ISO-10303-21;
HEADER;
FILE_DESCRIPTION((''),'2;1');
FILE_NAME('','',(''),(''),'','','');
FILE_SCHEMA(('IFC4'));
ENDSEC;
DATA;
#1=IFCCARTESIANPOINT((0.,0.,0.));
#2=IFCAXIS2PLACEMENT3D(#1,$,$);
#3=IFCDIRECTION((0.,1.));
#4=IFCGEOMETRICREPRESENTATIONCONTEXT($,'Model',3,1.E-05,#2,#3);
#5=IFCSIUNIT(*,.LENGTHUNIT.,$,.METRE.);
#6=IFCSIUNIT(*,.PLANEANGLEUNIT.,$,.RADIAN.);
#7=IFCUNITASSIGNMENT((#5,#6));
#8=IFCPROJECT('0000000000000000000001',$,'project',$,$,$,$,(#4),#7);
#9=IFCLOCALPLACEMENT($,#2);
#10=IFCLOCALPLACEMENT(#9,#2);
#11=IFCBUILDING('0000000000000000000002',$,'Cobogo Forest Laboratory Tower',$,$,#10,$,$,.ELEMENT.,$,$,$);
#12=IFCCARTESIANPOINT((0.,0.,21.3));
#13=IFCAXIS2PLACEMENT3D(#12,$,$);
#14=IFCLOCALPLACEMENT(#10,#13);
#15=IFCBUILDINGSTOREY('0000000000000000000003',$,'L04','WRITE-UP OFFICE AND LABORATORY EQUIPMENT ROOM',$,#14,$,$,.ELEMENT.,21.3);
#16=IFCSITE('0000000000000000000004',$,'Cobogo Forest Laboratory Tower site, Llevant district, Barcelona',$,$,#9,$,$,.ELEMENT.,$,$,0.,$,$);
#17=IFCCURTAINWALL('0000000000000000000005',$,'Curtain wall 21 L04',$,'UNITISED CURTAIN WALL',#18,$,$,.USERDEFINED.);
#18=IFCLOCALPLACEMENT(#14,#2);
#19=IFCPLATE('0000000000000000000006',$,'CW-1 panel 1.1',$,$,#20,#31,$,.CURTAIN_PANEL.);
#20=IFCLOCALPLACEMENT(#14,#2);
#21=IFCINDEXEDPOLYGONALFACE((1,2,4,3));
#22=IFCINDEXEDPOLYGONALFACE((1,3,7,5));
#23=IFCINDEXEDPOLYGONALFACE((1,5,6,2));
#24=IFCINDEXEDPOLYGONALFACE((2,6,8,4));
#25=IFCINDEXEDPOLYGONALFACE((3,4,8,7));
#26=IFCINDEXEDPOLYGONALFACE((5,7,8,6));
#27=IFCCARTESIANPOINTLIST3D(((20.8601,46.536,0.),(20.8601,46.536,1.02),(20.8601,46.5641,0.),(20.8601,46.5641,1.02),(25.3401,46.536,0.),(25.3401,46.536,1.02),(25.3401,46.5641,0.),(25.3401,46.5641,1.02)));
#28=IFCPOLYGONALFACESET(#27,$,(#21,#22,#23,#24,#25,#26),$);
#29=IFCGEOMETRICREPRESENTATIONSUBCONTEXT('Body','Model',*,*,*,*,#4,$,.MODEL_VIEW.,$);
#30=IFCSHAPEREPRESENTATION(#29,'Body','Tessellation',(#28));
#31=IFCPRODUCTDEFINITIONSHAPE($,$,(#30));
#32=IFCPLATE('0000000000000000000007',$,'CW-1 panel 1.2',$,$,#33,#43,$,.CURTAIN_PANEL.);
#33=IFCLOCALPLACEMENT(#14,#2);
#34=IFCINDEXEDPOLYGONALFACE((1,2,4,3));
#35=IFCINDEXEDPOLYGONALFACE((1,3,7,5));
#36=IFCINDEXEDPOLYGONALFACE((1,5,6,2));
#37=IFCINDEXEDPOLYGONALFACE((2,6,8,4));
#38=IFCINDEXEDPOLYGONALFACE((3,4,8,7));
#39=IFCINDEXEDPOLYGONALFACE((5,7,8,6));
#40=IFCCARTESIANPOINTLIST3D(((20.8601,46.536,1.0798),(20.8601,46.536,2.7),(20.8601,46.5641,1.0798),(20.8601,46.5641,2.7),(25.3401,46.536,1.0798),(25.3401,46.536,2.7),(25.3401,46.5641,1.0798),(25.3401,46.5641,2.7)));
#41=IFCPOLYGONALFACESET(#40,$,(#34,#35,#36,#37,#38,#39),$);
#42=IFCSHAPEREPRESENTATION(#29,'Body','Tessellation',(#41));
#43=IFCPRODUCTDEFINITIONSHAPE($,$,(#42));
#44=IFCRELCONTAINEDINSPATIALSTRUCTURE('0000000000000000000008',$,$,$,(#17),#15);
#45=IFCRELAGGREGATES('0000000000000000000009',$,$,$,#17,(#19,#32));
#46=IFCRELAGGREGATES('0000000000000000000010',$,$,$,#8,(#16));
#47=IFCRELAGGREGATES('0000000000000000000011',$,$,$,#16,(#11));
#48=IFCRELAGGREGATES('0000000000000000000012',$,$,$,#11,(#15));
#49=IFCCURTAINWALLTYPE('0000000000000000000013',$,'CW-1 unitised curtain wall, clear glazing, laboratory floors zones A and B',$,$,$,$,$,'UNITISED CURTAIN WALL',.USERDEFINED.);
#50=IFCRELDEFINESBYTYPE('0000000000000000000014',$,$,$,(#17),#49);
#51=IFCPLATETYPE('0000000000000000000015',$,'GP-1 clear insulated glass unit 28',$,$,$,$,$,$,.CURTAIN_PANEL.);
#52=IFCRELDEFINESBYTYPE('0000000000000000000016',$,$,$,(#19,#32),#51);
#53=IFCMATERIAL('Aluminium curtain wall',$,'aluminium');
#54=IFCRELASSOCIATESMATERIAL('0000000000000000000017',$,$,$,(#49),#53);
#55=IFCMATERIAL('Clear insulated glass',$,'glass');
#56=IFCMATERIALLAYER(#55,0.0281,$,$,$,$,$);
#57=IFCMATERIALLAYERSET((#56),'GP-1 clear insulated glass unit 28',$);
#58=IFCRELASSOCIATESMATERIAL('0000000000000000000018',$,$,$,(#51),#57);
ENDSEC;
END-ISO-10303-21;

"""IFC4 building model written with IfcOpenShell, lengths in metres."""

from ifc_helpers import new_model, si_unit, direction, frame, origin, origin_2d, place, context, subcontext, project, spatial, rectangle, extrude, material, layer, layer_set, type_object, element, aggregate, save


model = new_model("IFC4")

# Units and contexts
model_context = context("Model", 3, precision=1e-05, world=origin(), true_north=direction((0.0, 1.0)))
body_context = subcontext(model_context, "Body", "Model", "MODEL_VIEW")
ifc_project = project(units=[si_unit("LENGTHUNIT", "METRE"), si_unit("PLANEANGLEUNIT", "RADIAN")], contexts=[model_context])

# Site, building, storey
site_placement = place(None, origin())
site = spatial("IfcSite", under=ifc_project, at=site_placement, Name="Cobogo Forest Laboratory Tower site, Llevant district, Barcelona", CompositionType="ELEMENT", RefElevation=0.0)
building_placement = place(site_placement, origin())
building = spatial("IfcBuilding", under=site, at=building_placement, Name="Cobogo Forest Laboratory Tower", CompositionType="ELEMENT")
storey_placement = place(building_placement, frame((0.0, 0.0, 21.3)))
storey = spatial("IfcBuildingStorey", under=building, at=storey_placement, Name="L04", Description="WRITE-UP OFFICE AND LABORATORY EQUIPMENT ROOM", CompositionType="ELEMENT", Elevation=21.3)

# Curtain wall
ifc_material_1 = material(Name="Aluminium curtain wall", Category="aluminium")
curtain_wall_type = type_object("IfcCurtainWallType", Name="CW-1 unitised curtain wall, clear glazing, laboratory floors zones A and B", ElementType="UNITISED CURTAIN WALL", PredefinedType="USERDEFINED", material=ifc_material_1)
curtain_wall_1_placement = place(storey_placement, origin())
curtain_wall_1 = element("IfcCurtainWall", 1, at=curtain_wall_1_placement, inside=storey, type_object=curtain_wall_type, Name="Curtain wall 21 L04", ObjectType="UNITISED CURTAIN WALL", PredefinedType="USERDEFINED")

# Plates
ifc_material_2 = material(Name="Clear insulated glass", Category="glass")
ifc_layer = layer(ifc_material_2, 0.0281)
ifc_layer_set = layer_set([ifc_layer], Name="GP-1 clear insulated glass unit 28")
plate_type_1 = type_object("IfcPlateType", Name="GP-1 clear insulated glass unit 28", PredefinedType="CURTAIN_PANEL", material=ifc_layer_set)
plate_1_placement = place(storey_placement, frame((23.1001, 46.55, 0.0), z_axis=(0.0, 0.0, 1.0), x_axis=(-1.0, 0.0, 0.0)))
plate_1 = element("IfcPlate", 2, at=plate_1_placement, type_object=plate_type_1, Name="CW-1 panel 1.1", PredefinedType="CURTAIN_PANEL", context=body_context, shape_type="SweptSolid", body=[
    extrude(rectangle(XDim=4.48, YDim=0.0281, at=origin_2d()), origin(), (0.0, 0.0, 1.0), 1.02),
])
plate_2_placement = place(storey_placement, frame((23.1001, 46.55, 1.0798), z_axis=(0.0, 0.0, 1.0), x_axis=(-1.0, 0.0, 0.0)))
plate_2 = element("IfcPlate", 3, at=plate_2_placement, type_object=plate_type_1, Name="CW-1 panel 1.2", PredefinedType="CURTAIN_PANEL", context=body_context, shape_type="SweptSolid", body=[
    extrude(rectangle(XDim=4.48, YDim=0.0281, at=origin_2d()), origin(), (0.0, 0.0, 1.0), 1.6201),
])
aggregate(curtain_wall_1, [plate_1, plate_2])

save(model, "model.ifc")
